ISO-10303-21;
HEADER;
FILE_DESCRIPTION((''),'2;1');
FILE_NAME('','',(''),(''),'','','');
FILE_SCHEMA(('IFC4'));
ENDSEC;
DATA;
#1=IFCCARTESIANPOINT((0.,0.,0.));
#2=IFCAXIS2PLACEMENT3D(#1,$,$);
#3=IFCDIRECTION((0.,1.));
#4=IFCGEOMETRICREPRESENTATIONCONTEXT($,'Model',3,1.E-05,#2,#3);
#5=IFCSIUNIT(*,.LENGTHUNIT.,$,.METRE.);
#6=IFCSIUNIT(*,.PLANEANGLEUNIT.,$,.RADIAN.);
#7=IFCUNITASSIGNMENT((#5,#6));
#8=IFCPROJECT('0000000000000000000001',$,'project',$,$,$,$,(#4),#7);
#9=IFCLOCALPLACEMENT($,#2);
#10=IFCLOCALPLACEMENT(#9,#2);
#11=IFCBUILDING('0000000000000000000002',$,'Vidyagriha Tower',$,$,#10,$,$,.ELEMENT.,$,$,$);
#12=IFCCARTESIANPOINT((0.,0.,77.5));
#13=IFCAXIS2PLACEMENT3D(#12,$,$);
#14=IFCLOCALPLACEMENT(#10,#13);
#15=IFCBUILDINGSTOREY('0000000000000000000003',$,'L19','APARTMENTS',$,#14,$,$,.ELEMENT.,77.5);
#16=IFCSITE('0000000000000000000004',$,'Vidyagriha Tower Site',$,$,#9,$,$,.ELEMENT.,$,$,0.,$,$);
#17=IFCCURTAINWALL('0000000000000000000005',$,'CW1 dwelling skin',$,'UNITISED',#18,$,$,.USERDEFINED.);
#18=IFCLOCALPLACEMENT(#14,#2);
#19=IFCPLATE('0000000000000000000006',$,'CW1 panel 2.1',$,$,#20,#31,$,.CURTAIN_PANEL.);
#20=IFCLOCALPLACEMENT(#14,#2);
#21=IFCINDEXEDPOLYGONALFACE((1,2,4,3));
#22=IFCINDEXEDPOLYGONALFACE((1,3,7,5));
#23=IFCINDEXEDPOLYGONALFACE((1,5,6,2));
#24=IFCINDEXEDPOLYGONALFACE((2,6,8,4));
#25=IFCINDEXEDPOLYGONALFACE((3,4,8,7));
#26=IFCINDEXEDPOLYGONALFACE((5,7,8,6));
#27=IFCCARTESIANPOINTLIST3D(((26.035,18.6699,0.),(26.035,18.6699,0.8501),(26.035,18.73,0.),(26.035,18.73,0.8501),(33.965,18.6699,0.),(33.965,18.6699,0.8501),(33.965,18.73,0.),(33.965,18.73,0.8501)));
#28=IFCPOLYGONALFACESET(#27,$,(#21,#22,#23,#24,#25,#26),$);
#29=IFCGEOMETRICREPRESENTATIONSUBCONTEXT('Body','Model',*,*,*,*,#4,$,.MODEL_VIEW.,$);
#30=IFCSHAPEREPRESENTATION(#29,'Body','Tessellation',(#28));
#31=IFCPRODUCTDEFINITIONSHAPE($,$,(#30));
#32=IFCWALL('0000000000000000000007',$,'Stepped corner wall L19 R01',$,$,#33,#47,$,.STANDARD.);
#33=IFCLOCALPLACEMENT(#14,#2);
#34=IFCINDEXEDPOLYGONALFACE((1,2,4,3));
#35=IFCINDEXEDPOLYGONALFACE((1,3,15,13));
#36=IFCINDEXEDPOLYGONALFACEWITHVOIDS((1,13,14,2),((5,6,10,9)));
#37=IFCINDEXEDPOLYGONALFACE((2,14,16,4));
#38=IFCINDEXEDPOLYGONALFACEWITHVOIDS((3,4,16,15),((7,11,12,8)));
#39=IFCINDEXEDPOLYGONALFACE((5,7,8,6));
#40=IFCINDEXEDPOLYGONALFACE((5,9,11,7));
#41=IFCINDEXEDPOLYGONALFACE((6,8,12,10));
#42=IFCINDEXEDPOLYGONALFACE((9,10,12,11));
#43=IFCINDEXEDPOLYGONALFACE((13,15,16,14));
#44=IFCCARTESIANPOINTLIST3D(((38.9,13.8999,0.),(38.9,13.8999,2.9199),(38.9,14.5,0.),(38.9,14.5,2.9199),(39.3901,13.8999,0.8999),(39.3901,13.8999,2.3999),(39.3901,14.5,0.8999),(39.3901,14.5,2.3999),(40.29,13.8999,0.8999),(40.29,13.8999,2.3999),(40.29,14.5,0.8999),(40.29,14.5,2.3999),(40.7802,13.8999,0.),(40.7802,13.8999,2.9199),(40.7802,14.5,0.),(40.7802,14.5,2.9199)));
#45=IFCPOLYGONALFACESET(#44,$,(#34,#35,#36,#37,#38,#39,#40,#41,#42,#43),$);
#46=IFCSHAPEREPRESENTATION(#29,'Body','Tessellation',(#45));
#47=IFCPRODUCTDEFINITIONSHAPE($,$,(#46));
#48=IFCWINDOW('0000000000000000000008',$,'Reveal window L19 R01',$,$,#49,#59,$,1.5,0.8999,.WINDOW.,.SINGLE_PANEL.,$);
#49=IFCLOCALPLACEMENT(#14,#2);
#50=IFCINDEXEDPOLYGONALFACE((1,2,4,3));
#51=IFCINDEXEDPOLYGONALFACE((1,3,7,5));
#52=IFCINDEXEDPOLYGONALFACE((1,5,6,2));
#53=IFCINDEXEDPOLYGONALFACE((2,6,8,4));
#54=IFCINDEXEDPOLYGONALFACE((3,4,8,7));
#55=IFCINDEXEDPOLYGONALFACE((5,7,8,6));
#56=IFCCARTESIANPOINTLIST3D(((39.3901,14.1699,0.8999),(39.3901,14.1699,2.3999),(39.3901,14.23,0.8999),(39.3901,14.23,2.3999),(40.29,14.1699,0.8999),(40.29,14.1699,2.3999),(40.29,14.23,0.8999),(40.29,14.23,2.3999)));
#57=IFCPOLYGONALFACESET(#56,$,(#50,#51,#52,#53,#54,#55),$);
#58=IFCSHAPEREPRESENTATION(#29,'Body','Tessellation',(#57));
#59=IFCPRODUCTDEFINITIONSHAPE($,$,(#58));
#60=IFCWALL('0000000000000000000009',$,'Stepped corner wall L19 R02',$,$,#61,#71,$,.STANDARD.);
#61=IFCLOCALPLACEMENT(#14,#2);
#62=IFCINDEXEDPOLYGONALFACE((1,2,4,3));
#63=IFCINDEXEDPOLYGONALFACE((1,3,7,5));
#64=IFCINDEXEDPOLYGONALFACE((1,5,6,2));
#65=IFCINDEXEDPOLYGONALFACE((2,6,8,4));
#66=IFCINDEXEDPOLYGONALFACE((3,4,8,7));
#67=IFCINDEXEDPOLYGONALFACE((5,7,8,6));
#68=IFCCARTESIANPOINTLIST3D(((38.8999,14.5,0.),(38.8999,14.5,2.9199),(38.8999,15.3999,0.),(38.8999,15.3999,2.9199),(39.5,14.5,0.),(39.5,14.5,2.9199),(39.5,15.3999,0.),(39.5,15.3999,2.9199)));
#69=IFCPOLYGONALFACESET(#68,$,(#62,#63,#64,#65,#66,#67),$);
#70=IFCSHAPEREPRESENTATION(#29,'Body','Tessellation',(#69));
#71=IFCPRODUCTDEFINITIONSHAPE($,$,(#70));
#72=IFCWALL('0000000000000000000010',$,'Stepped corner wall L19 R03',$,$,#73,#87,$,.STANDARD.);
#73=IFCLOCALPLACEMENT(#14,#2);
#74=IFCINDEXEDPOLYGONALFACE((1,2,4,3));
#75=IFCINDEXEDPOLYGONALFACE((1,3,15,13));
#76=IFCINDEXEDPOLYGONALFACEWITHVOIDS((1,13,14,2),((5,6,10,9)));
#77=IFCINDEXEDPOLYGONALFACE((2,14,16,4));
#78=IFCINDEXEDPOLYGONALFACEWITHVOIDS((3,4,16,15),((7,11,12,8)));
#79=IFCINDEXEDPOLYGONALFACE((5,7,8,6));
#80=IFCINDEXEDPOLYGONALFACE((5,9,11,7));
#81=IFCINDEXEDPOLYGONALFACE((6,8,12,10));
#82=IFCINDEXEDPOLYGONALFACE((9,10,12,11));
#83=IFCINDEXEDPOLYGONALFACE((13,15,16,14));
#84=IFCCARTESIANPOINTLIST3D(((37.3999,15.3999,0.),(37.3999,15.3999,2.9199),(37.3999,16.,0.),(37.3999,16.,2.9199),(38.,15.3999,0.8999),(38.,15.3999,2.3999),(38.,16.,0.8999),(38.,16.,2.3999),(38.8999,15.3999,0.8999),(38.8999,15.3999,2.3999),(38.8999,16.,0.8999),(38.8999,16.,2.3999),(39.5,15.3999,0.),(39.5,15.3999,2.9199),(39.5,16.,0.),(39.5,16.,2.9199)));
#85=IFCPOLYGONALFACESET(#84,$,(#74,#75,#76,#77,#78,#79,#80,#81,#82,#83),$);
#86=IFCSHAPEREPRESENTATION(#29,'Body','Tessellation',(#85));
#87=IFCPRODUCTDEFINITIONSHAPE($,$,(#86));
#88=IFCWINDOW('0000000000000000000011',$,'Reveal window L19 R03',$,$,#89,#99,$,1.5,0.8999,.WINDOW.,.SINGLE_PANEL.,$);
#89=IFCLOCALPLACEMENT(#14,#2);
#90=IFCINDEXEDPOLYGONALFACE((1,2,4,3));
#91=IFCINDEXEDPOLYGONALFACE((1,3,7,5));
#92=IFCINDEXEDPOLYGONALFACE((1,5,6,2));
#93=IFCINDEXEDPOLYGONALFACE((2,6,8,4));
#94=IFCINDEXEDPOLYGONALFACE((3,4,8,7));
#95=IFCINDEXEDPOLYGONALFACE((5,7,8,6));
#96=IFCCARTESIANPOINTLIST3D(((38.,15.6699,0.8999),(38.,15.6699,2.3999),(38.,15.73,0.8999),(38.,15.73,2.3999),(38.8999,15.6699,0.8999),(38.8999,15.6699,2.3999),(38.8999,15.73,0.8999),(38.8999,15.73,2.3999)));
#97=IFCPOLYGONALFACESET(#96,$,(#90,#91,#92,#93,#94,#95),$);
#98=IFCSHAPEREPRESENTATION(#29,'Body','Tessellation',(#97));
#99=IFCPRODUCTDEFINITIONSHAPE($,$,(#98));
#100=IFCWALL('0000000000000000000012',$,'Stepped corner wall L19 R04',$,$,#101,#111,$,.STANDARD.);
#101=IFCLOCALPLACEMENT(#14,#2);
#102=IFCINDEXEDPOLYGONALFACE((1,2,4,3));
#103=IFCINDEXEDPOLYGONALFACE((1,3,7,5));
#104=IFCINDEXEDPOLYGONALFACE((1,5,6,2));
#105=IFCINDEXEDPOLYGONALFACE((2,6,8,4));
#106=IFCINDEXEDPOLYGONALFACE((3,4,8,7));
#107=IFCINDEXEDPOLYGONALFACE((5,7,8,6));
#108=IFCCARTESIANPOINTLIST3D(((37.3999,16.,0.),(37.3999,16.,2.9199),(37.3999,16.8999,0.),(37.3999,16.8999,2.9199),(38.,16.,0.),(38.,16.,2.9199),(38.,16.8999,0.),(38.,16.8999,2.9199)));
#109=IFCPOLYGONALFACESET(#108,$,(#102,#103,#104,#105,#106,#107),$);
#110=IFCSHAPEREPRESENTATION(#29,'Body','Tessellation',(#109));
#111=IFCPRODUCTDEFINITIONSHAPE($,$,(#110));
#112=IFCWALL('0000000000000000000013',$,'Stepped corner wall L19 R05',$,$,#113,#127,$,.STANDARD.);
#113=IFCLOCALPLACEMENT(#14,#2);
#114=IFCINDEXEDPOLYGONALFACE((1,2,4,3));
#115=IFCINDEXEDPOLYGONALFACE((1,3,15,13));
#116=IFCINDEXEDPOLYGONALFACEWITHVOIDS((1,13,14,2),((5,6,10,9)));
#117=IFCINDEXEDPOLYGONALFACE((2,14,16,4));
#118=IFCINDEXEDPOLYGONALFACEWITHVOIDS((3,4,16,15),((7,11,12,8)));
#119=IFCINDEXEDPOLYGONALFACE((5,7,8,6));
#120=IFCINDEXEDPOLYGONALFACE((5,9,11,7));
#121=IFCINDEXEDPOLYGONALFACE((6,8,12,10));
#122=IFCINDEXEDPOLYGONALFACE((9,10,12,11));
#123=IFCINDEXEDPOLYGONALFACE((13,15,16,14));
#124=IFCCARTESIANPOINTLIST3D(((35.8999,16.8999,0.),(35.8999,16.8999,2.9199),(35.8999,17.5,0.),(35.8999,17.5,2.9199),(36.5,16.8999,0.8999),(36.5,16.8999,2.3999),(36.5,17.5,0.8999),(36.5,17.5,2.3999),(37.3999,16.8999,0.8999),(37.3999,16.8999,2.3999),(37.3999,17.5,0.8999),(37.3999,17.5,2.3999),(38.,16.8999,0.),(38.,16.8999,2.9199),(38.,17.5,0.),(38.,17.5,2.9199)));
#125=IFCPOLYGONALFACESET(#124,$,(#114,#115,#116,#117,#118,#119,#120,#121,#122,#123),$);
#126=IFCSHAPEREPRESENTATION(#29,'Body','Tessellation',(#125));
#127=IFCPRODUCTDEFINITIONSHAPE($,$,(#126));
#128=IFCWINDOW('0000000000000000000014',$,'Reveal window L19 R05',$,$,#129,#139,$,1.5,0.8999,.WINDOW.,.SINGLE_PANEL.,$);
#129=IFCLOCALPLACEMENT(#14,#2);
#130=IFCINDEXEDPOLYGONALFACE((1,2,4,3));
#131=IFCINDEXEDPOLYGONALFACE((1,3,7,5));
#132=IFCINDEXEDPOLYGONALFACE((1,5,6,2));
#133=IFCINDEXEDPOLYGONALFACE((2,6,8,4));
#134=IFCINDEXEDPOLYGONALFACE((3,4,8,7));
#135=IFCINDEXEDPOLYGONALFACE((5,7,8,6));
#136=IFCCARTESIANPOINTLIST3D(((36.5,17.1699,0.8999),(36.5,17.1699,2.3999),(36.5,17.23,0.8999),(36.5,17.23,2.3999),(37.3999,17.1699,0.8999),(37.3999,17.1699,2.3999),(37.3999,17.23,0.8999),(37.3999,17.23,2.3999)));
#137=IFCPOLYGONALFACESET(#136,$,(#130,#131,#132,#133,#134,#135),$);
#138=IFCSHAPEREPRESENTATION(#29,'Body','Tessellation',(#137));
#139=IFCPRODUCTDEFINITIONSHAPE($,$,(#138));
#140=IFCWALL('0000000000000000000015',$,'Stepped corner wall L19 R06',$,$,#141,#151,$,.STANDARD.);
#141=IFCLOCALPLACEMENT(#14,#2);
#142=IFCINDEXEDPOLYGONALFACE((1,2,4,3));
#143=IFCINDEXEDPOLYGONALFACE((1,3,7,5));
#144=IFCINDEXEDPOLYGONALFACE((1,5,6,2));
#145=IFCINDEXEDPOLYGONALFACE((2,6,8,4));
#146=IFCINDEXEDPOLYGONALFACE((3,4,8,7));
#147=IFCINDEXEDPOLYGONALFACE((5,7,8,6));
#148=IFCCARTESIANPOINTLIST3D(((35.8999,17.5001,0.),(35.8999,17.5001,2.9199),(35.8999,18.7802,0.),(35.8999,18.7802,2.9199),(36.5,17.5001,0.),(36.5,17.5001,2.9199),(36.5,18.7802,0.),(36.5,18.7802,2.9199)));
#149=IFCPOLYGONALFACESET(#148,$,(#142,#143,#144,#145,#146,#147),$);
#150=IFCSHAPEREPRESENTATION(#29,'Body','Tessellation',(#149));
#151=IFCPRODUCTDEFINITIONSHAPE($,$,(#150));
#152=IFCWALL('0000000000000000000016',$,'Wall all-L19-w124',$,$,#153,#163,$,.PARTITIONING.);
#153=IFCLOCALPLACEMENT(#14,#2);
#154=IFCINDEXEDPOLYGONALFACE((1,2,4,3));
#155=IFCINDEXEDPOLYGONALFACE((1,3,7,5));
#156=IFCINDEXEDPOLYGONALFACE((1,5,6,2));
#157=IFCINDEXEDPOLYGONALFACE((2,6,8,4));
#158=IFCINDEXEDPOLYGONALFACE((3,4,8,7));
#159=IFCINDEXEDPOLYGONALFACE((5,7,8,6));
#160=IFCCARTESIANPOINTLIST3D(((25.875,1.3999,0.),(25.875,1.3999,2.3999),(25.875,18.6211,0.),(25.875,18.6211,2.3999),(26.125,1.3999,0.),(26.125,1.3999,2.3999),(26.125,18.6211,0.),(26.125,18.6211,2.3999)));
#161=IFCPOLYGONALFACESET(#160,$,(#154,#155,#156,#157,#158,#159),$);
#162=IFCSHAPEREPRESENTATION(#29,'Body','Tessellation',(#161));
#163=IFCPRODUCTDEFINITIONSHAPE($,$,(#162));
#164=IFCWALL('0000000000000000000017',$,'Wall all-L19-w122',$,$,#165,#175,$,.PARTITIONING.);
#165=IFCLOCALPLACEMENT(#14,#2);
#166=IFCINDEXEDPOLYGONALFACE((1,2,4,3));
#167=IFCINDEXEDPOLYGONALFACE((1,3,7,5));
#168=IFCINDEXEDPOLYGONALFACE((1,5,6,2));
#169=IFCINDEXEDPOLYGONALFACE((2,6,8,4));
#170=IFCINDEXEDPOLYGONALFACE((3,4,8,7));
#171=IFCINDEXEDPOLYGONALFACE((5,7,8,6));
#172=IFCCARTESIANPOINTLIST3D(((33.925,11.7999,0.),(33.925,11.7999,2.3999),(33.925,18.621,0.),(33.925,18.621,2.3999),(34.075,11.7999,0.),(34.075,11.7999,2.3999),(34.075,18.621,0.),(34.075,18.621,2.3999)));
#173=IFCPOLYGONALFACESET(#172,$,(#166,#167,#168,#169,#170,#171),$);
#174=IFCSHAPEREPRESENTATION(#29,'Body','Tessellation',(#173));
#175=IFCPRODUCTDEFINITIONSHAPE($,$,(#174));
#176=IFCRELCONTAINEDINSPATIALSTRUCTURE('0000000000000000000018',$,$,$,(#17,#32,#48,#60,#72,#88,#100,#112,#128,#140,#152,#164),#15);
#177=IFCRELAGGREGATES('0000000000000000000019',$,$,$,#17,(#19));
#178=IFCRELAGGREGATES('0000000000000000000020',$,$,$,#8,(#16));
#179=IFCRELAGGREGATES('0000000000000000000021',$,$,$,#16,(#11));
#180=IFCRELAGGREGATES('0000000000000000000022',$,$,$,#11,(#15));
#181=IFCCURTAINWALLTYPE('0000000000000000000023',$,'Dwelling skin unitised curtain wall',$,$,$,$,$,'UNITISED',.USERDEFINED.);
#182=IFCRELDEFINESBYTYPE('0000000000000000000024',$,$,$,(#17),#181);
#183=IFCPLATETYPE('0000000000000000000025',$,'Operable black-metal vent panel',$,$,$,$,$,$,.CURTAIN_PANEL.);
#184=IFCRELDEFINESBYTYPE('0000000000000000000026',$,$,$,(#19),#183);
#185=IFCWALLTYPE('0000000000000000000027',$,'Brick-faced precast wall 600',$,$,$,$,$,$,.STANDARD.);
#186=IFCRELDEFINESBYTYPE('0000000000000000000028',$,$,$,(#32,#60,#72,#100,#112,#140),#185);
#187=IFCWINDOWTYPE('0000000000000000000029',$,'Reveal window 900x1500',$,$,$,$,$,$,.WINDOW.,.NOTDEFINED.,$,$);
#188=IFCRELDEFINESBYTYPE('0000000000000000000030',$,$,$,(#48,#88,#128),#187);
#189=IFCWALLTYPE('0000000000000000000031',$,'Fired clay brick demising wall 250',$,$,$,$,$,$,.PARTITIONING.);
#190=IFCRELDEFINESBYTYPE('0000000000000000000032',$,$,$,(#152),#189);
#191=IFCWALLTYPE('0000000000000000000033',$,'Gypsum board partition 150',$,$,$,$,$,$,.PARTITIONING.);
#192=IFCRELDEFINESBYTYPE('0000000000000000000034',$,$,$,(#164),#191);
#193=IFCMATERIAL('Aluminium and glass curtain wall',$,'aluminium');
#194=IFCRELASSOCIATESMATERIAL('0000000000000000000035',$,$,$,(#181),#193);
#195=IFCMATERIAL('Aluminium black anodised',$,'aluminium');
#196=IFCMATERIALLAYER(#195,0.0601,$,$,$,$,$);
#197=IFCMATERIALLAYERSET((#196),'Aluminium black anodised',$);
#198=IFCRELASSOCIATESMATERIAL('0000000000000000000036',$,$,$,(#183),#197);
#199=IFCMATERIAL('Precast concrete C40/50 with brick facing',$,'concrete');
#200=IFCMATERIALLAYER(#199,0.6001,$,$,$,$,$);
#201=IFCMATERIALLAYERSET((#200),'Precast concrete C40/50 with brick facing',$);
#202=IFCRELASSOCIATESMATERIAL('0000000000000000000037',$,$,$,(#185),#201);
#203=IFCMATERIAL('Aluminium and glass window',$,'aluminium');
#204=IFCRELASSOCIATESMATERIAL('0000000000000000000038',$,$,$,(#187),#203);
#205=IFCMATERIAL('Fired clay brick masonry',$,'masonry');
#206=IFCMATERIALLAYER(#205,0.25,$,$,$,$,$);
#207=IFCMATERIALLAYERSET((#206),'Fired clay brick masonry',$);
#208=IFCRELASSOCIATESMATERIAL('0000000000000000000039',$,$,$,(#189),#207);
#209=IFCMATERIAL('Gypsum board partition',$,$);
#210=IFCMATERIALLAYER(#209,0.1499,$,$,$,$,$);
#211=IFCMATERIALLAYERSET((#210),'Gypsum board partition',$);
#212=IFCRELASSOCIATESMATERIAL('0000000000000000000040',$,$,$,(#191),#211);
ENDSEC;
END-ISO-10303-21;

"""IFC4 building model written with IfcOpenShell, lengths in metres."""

from ifc_helpers import new_model, si_unit, direction, frame, frame_2d, origin, origin_2d, place, context, subcontext, project, spatial, rectangle, extrude, material, layer, layer_set, type_object, element, fill, aggregate, save


model = new_model("IFC4")

# Units and contexts
model_context = context("Model", 3, precision=1e-05, world=origin(), true_north=direction((0.0, 1.0)))
body_context = subcontext(model_context, "Body", "Model", "MODEL_VIEW")
ifc_project = project(units=[si_unit("LENGTHUNIT", "METRE"), si_unit("PLANEANGLEUNIT", "RADIAN")], contexts=[model_context])

# Site, building, storey
site_placement = place(None, origin())
site = spatial("IfcSite", under=ifc_project, at=site_placement, Name="Vidyagriha Tower Site", CompositionType="ELEMENT", RefElevation=0.0)
building_placement = place(site_placement, origin())
building = spatial("IfcBuilding", under=site, at=building_placement, Name="Vidyagriha Tower", CompositionType="ELEMENT")
storey_placement = place(building_placement, frame((0.0, 0.0, 77.5)))
storey = spatial("IfcBuildingStorey", under=building, at=storey_placement, Name="L19", Description="APARTMENTS", CompositionType="ELEMENT", Elevation=77.5)

# Curtain wall
ifc_material_1 = material(Name="Aluminium and glass curtain wall", Category="aluminium")
curtain_wall_type = type_object("IfcCurtainWallType", Name="Dwelling skin unitised curtain wall", ElementType="UNITISED", PredefinedType="USERDEFINED", material=ifc_material_1)
curtain_wall_1_placement = place(storey_placement, origin())
curtain_wall_1 = element("IfcCurtainWall", 1, at=curtain_wall_1_placement, inside=storey, type_object=curtain_wall_type, Name="CW1 dwelling skin", ObjectType="UNITISED", PredefinedType="USERDEFINED")

# Plate
ifc_material_2 = material(Name="Aluminium black anodised", Category="aluminium")
ifc_layer_1 = layer(ifc_material_2, 0.0601)
ifc_layer_set_1 = layer_set([ifc_layer_1], Name="Aluminium black anodised")
plate_type_1 = type_object("IfcPlateType", Name="Operable black-metal vent panel", PredefinedType="CURTAIN_PANEL", material=ifc_layer_set_1)
plate_1_placement = place(storey_placement, frame((30.0, 18.7, 0.0), z_axis=(0.0, 0.0, 1.0), x_axis=(-1.0, 0.0, 0.0)))
plate_1 = element("IfcPlate", 2, at=plate_1_placement, type_object=plate_type_1, Name="CW1 panel 2.1", PredefinedType="CURTAIN_PANEL", context=body_context, shape_type="SweptSolid", body=[
    extrude(rectangle(XDim=7.9299, YDim=0.0601, at=origin_2d()), origin(), (0.0, 0.0, 1.0), 0.8501),
])
aggregate(curtain_wall_1, [plate_1])

# Wall, opening, window
ifc_material_3 = material(Name="Precast concrete C40/50 with brick facing", Category="concrete")
ifc_layer_2 = layer(ifc_material_3, 0.6001)
ifc_layer_set_2 = layer_set([ifc_layer_2], Name="Precast concrete C40/50 with brick facing")
wall_type_1 = type_object("IfcWallType", Name="Brick-faced precast wall 600", PredefinedType="STANDARD", material=ifc_layer_set_2)
wall_1_placement = place(storey_placement, frame((40.78, 14.2, 0.0), z_axis=(0.0, 0.0, 1.0), x_axis=(-1.0, 0.0, 0.0)))
wall_1 = element("IfcWall", 3, at=wall_1_placement, inside=storey, type_object=wall_type_1, Name="Stepped corner wall L19 R01", PredefinedType="STANDARD", context=body_context, shape_type="SweptSolid", body=[
    extrude(rectangle(XDim=1.8801, YDim=0.6001, at=frame_2d((0.9399, 0.0))), origin(), (0.0, 0.0, 1.0), 2.9199),
])
opening_1_placement = place(wall_1_placement, frame((0.49, 0.0, 0.8999)))
opening_1 = element("IfcOpeningElement", 4, at=opening_1_placement, cuts=wall_1, PredefinedType="OPENING", context=body_context, shape_type="SweptSolid", body=[
    extrude(rectangle(XDim=0.8999, YDim=1.5, at=frame_2d((0.45, 0.75))), frame((0.0, 0.3101, 0.0), z_axis=(0.0, -1.0, 0.0), x_axis=(1.0, 0.0, 0.0)), (0.0, 0.0, 1.0), 0.6201),
])
ifc_material_4 = material(Name="Aluminium and glass window", Category="aluminium")
window_type = type_object("IfcWindowType", Name="Reveal window 900x1500", PartitioningType="NOTDEFINED", PredefinedType="WINDOW", material=ifc_material_4)
window_1_placement = place(opening_1_placement, origin())
window_1 = element("IfcWindow", 5, at=window_1_placement, inside=storey, type_object=window_type, Name="Reveal window L19 R01", OverallHeight=1.5, OverallWidth=0.8999, PartitioningType="SINGLE_PANEL", PredefinedType="WINDOW", context=body_context, shape_type="SweptSolid", body=[
    extrude(rectangle(XDim=0.8999, YDim=1.5, at=frame_2d((0.45, 0.75))), frame((0.0, 0.03, 0.0), z_axis=(0.0, -1.0, 0.0), x_axis=(1.0, 0.0, 0.0)), (0.0, 0.0, 1.0), 0.0601),
])
fill(opening_1, window_1)

# Wall
wall_2_placement = place(storey_placement, frame((39.2, 14.5, 0.0), z_axis=(0.0, 0.0, 1.0), x_axis=(0.0, 1.0, 0.0)))
element("IfcWall", 6, at=wall_2_placement, inside=storey, type_object=wall_type_1, Name="Stepped corner wall L19 R02", PredefinedType="STANDARD", context=body_context, shape_type="SweptSolid", body=[
    extrude(rectangle(XDim=0.8999, YDim=0.6001, at=frame_2d((0.45, 0.0))), origin(), (0.0, 0.0, 1.0), 2.9199),
])

# Wall, opening, window
wall_3_placement = place(storey_placement, frame((39.5, 15.7, 0.0), z_axis=(0.0, 0.0, 1.0), x_axis=(-1.0, 0.0, 0.0)))
wall_3 = element("IfcWall", 7, at=wall_3_placement, inside=storey, type_object=wall_type_1, Name="Stepped corner wall L19 R03", PredefinedType="STANDARD", context=body_context, shape_type="SweptSolid", body=[
    extrude(rectangle(XDim=2.1001, YDim=0.6001, at=frame_2d((1.05, 0.0))), origin(), (0.0, 0.0, 1.0), 2.9199),
])
opening_2_placement = place(wall_3_placement, frame((0.6001, 0.0, 0.8999)))
opening_2 = element("IfcOpeningElement", 8, at=opening_2_placement, cuts=wall_3, PredefinedType="OPENING", context=body_context, shape_type="SweptSolid", body=[
    extrude(rectangle(XDim=0.8999, YDim=1.5, at=frame_2d((0.45, 0.75))), frame((0.0, 0.3101, 0.0), z_axis=(0.0, -1.0, 0.0), x_axis=(1.0, 0.0, 0.0)), (0.0, 0.0, 1.0), 0.6201),
])
window_2_placement = place(opening_2_placement, origin())
window_2 = element("IfcWindow", 9, at=window_2_placement, inside=storey, type_object=window_type, Name="Reveal window L19 R03", OverallHeight=1.5, OverallWidth=0.8999, PartitioningType="SINGLE_PANEL", PredefinedType="WINDOW", context=body_context, shape_type="SweptSolid", body=[
    extrude(rectangle(XDim=0.8999, YDim=1.5, at=frame_2d((0.45, 0.75))), frame((0.0, 0.03, 0.0), z_axis=(0.0, -1.0, 0.0), x_axis=(1.0, 0.0, 0.0)), (0.0, 0.0, 1.0), 0.0601),
])
fill(opening_2, window_2)

# Wall
wall_4_placement = place(storey_placement, frame((37.7, 16.0, 0.0), z_axis=(0.0, 0.0, 1.0), x_axis=(0.0, 1.0, 0.0)))
element("IfcWall", 10, at=wall_4_placement, inside=storey, type_object=wall_type_1, Name="Stepped corner wall L19 R04", PredefinedType="STANDARD", context=body_context, shape_type="SweptSolid", body=[
    extrude(rectangle(XDim=0.8999, YDim=0.6001, at=frame_2d((0.45, 0.0))), origin(), (0.0, 0.0, 1.0), 2.9199),
])

# Wall, opening, window
wall_5_placement = place(storey_placement, frame((38.0, 17.2, 0.0), z_axis=(0.0, 0.0, 1.0), x_axis=(-1.0, 0.0, 0.0)))
wall_5 = element("IfcWall", 11, at=wall_5_placement, inside=storey, type_object=wall_type_1, Name="Stepped corner wall L19 R05", PredefinedType="STANDARD", context=body_context, shape_type="SweptSolid", body=[
    extrude(rectangle(XDim=2.1001, YDim=0.6001, at=frame_2d((1.05, 0.0))), origin(), (0.0, 0.0, 1.0), 2.9199),
])
opening_3_placement = place(wall_5_placement, frame((0.6001, 0.0, 0.8999)))
opening_3 = element("IfcOpeningElement", 12, at=opening_3_placement, cuts=wall_5, PredefinedType="OPENING", context=body_context, shape_type="SweptSolid", body=[
    extrude(rectangle(XDim=0.8999, YDim=1.5, at=frame_2d((0.45, 0.75))), frame((0.0, 0.3101, 0.0), z_axis=(0.0, -1.0, 0.0), x_axis=(1.0, 0.0, 0.0)), (0.0, 0.0, 1.0), 0.6201),
])
window_3_placement = place(opening_3_placement, origin())
window_3 = element("IfcWindow", 13, at=window_3_placement, inside=storey, type_object=window_type, Name="Reveal window L19 R05", OverallHeight=1.5, OverallWidth=0.8999, PartitioningType="SINGLE_PANEL", PredefinedType="WINDOW", context=body_context, shape_type="SweptSolid", body=[
    extrude(rectangle(XDim=0.8999, YDim=1.5, at=frame_2d((0.45, 0.75))), frame((0.0, 0.03, 0.0), z_axis=(0.0, -1.0, 0.0), x_axis=(1.0, 0.0, 0.0)), (0.0, 0.0, 1.0), 0.0601),
])
fill(opening_3, window_3)

# Walls
wall_6_placement = place(storey_placement, frame((36.2, 17.5, 0.0), z_axis=(0.0, 0.0, 1.0), x_axis=(0.0, 1.0, 0.0)))
element("IfcWall", 14, at=wall_6_placement, inside=storey, type_object=wall_type_1, Name="Stepped corner wall L19 R06", PredefinedType="STANDARD", context=body_context, shape_type="SweptSolid", body=[
    extrude(rectangle(XDim=1.28, YDim=0.6001, at=frame_2d((0.6401, 0.0))), origin(), (0.0, 0.0, 1.0), 2.9199),
])
ifc_material_5 = material(Name="Fired clay brick masonry", Category="masonry")
ifc_layer_3 = layer(ifc_material_5, 0.25)
ifc_layer_set_3 = layer_set([ifc_layer_3], Name="Fired clay brick masonry")
wall_type_2 = type_object("IfcWallType", Name="Fired clay brick demising wall 250", PredefinedType="PARTITIONING", material=ifc_layer_set_3)
wall_7_placement = place(storey_placement, frame((26.0, 18.6211, 0.0), z_axis=(0.0, 0.0, 1.0), x_axis=(0.0, -1.0, 0.0)))
element("IfcWall", 15, at=wall_7_placement, inside=storey, type_object=wall_type_2, Name="Wall all-L19-w124", PredefinedType="PARTITIONING", context=body_context, shape_type="SweptSolid", body=[
    extrude(rectangle(XDim=17.2212, YDim=0.25, at=frame_2d((8.6106, 0.0))), origin(), (0.0, 0.0, 1.0), 2.3999),
])
ifc_material_6 = material(Name="Gypsum board partition")
ifc_layer_4 = layer(ifc_material_6, 0.1499)
ifc_layer_set_4 = layer_set([ifc_layer_4], Name="Gypsum board partition")
wall_type_3 = type_object("IfcWallType", Name="Gypsum board partition 150", PredefinedType="PARTITIONING", material=ifc_layer_set_4)
wall_8_placement = place(storey_placement, frame((34.0, 18.6211, 0.0), z_axis=(0.0, 0.0, 1.0), x_axis=(0.0, -1.0, 0.0)))
element("IfcWall", 16, at=wall_8_placement, inside=storey, type_object=wall_type_3, Name="Wall all-L19-w122", PredefinedType="PARTITIONING", context=body_context, shape_type="SweptSolid", body=[
    extrude(rectangle(XDim=6.821, YDim=0.1499, at=frame_2d((3.4106, 0.0))), origin(), (0.0, 0.0, 1.0), 2.3999),
])

save(model, "model.ifc")
